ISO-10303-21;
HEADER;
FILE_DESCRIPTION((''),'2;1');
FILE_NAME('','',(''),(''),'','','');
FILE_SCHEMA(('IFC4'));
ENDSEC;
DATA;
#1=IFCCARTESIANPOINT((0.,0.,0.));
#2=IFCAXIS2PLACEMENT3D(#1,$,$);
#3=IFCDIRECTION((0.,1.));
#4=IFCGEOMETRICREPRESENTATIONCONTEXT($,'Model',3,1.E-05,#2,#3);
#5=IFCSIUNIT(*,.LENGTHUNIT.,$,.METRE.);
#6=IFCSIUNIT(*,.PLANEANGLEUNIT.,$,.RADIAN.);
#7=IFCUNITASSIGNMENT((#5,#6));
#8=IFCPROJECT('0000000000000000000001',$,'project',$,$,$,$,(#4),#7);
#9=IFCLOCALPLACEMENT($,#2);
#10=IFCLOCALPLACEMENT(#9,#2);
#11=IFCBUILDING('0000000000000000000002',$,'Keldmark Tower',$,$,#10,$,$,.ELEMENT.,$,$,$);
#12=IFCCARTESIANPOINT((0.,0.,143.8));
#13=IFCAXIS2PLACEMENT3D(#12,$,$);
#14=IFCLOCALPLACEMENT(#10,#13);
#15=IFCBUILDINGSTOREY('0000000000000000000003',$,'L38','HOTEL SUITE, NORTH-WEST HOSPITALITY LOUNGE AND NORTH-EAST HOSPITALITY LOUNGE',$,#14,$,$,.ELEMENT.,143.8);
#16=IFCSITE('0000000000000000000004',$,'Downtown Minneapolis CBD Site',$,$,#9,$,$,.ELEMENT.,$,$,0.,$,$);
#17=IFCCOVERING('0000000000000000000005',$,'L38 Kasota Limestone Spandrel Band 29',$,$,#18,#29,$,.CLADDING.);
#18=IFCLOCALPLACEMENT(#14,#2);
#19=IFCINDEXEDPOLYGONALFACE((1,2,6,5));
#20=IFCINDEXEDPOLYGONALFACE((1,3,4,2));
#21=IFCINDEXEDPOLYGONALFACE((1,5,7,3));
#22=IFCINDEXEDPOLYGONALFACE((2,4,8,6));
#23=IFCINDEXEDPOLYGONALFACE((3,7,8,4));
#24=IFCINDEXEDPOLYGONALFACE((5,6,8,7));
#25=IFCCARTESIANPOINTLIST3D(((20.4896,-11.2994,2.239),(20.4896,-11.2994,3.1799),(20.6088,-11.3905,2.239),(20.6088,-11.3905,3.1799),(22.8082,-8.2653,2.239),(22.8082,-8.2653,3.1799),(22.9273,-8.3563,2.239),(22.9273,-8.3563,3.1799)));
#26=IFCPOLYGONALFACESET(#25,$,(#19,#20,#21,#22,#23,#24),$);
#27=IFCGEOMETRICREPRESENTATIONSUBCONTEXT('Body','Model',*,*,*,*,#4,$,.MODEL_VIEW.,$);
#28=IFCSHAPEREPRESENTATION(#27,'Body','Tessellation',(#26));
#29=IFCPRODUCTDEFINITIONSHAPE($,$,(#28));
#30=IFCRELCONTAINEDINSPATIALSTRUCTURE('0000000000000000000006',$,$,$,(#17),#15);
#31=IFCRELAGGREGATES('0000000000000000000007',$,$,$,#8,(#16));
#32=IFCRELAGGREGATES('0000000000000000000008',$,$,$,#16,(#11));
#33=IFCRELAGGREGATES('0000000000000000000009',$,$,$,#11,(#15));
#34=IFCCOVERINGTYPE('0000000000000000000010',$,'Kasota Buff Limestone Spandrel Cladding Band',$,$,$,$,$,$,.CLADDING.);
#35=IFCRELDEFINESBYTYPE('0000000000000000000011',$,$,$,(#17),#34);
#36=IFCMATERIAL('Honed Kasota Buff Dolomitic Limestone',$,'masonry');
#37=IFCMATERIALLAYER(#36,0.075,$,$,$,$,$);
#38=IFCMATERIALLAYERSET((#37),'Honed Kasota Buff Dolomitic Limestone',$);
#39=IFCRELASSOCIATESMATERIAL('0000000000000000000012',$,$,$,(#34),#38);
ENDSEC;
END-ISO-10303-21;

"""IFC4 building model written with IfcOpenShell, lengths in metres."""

from ifc_helpers import new_model, si_unit, direction, frame, origin, origin_2d, place, context, subcontext, project, spatial, rectangle, extrude, material, layer, layer_set, type_object, element, save


model = new_model("IFC4")

# Units and contexts
model_context = context("Model", 3, precision=1e-05, world=origin(), true_north=direction((0.0, 1.0)))
body_context = subcontext(model_context, "Body", "Model", "MODEL_VIEW")
ifc_project = project(units=[si_unit("LENGTHUNIT", "METRE"), si_unit("PLANEANGLEUNIT", "RADIAN")], contexts=[model_context])

# Site, building, storey
site_placement = place(None, origin())
site = spatial("IfcSite", under=ifc_project, at=site_placement, Name="Downtown Minneapolis CBD Site", CompositionType="ELEMENT", RefElevation=0.0)
building_placement = place(site_placement, origin())
building = spatial("IfcBuilding", under=site, at=building_placement, Name="Keldmark Tower", CompositionType="ELEMENT")
storey_placement = place(building_placement, frame((0.0, 0.0, 143.8)))
storey = spatial("IfcBuildingStorey", under=building, at=storey_placement, Name="L38", Description="HOTEL SUITE, NORTH-WEST HOSPITALITY LOUNGE AND NORTH-EAST HOSPITALITY LOUNGE", CompositionType="ELEMENT", Elevation=143.8)

# Covering
ifc_material_1 = material(Name="Honed Kasota Buff Dolomitic Limestone", Category="masonry")
ifc_layer_1 = layer(ifc_material_1, 0.075)
ifc_layer_set_1 = layer_set([ifc_layer_1], Name="Honed Kasota Buff Dolomitic Limestone")
covering_type = type_object("IfcCoveringType", Name="Kasota Buff Limestone Spandrel Cladding Band", PredefinedType="CLADDING", material=ifc_layer_set_1)
covering_placement = place(storey_placement, frame((21.7085, -9.8279, 2.239), z_axis=(0.0, 0.0, 1.0), x_axis=(0.607182, 0.794563, 0.0)))
element("IfcCovering", 1, at=covering_placement, inside=storey, type_object=covering_type, Name="L38 Kasota Limestone Spandrel Band 29", PredefinedType="CLADDING", context=body_context, shape_type="SweptSolid", body=[
    extrude(rectangle(XDim=3.8186, YDim=0.1499, at=origin_2d()), origin(), (0.0, 0.0, 1.0), 0.9409),
])

save(model, "model.ifc")
